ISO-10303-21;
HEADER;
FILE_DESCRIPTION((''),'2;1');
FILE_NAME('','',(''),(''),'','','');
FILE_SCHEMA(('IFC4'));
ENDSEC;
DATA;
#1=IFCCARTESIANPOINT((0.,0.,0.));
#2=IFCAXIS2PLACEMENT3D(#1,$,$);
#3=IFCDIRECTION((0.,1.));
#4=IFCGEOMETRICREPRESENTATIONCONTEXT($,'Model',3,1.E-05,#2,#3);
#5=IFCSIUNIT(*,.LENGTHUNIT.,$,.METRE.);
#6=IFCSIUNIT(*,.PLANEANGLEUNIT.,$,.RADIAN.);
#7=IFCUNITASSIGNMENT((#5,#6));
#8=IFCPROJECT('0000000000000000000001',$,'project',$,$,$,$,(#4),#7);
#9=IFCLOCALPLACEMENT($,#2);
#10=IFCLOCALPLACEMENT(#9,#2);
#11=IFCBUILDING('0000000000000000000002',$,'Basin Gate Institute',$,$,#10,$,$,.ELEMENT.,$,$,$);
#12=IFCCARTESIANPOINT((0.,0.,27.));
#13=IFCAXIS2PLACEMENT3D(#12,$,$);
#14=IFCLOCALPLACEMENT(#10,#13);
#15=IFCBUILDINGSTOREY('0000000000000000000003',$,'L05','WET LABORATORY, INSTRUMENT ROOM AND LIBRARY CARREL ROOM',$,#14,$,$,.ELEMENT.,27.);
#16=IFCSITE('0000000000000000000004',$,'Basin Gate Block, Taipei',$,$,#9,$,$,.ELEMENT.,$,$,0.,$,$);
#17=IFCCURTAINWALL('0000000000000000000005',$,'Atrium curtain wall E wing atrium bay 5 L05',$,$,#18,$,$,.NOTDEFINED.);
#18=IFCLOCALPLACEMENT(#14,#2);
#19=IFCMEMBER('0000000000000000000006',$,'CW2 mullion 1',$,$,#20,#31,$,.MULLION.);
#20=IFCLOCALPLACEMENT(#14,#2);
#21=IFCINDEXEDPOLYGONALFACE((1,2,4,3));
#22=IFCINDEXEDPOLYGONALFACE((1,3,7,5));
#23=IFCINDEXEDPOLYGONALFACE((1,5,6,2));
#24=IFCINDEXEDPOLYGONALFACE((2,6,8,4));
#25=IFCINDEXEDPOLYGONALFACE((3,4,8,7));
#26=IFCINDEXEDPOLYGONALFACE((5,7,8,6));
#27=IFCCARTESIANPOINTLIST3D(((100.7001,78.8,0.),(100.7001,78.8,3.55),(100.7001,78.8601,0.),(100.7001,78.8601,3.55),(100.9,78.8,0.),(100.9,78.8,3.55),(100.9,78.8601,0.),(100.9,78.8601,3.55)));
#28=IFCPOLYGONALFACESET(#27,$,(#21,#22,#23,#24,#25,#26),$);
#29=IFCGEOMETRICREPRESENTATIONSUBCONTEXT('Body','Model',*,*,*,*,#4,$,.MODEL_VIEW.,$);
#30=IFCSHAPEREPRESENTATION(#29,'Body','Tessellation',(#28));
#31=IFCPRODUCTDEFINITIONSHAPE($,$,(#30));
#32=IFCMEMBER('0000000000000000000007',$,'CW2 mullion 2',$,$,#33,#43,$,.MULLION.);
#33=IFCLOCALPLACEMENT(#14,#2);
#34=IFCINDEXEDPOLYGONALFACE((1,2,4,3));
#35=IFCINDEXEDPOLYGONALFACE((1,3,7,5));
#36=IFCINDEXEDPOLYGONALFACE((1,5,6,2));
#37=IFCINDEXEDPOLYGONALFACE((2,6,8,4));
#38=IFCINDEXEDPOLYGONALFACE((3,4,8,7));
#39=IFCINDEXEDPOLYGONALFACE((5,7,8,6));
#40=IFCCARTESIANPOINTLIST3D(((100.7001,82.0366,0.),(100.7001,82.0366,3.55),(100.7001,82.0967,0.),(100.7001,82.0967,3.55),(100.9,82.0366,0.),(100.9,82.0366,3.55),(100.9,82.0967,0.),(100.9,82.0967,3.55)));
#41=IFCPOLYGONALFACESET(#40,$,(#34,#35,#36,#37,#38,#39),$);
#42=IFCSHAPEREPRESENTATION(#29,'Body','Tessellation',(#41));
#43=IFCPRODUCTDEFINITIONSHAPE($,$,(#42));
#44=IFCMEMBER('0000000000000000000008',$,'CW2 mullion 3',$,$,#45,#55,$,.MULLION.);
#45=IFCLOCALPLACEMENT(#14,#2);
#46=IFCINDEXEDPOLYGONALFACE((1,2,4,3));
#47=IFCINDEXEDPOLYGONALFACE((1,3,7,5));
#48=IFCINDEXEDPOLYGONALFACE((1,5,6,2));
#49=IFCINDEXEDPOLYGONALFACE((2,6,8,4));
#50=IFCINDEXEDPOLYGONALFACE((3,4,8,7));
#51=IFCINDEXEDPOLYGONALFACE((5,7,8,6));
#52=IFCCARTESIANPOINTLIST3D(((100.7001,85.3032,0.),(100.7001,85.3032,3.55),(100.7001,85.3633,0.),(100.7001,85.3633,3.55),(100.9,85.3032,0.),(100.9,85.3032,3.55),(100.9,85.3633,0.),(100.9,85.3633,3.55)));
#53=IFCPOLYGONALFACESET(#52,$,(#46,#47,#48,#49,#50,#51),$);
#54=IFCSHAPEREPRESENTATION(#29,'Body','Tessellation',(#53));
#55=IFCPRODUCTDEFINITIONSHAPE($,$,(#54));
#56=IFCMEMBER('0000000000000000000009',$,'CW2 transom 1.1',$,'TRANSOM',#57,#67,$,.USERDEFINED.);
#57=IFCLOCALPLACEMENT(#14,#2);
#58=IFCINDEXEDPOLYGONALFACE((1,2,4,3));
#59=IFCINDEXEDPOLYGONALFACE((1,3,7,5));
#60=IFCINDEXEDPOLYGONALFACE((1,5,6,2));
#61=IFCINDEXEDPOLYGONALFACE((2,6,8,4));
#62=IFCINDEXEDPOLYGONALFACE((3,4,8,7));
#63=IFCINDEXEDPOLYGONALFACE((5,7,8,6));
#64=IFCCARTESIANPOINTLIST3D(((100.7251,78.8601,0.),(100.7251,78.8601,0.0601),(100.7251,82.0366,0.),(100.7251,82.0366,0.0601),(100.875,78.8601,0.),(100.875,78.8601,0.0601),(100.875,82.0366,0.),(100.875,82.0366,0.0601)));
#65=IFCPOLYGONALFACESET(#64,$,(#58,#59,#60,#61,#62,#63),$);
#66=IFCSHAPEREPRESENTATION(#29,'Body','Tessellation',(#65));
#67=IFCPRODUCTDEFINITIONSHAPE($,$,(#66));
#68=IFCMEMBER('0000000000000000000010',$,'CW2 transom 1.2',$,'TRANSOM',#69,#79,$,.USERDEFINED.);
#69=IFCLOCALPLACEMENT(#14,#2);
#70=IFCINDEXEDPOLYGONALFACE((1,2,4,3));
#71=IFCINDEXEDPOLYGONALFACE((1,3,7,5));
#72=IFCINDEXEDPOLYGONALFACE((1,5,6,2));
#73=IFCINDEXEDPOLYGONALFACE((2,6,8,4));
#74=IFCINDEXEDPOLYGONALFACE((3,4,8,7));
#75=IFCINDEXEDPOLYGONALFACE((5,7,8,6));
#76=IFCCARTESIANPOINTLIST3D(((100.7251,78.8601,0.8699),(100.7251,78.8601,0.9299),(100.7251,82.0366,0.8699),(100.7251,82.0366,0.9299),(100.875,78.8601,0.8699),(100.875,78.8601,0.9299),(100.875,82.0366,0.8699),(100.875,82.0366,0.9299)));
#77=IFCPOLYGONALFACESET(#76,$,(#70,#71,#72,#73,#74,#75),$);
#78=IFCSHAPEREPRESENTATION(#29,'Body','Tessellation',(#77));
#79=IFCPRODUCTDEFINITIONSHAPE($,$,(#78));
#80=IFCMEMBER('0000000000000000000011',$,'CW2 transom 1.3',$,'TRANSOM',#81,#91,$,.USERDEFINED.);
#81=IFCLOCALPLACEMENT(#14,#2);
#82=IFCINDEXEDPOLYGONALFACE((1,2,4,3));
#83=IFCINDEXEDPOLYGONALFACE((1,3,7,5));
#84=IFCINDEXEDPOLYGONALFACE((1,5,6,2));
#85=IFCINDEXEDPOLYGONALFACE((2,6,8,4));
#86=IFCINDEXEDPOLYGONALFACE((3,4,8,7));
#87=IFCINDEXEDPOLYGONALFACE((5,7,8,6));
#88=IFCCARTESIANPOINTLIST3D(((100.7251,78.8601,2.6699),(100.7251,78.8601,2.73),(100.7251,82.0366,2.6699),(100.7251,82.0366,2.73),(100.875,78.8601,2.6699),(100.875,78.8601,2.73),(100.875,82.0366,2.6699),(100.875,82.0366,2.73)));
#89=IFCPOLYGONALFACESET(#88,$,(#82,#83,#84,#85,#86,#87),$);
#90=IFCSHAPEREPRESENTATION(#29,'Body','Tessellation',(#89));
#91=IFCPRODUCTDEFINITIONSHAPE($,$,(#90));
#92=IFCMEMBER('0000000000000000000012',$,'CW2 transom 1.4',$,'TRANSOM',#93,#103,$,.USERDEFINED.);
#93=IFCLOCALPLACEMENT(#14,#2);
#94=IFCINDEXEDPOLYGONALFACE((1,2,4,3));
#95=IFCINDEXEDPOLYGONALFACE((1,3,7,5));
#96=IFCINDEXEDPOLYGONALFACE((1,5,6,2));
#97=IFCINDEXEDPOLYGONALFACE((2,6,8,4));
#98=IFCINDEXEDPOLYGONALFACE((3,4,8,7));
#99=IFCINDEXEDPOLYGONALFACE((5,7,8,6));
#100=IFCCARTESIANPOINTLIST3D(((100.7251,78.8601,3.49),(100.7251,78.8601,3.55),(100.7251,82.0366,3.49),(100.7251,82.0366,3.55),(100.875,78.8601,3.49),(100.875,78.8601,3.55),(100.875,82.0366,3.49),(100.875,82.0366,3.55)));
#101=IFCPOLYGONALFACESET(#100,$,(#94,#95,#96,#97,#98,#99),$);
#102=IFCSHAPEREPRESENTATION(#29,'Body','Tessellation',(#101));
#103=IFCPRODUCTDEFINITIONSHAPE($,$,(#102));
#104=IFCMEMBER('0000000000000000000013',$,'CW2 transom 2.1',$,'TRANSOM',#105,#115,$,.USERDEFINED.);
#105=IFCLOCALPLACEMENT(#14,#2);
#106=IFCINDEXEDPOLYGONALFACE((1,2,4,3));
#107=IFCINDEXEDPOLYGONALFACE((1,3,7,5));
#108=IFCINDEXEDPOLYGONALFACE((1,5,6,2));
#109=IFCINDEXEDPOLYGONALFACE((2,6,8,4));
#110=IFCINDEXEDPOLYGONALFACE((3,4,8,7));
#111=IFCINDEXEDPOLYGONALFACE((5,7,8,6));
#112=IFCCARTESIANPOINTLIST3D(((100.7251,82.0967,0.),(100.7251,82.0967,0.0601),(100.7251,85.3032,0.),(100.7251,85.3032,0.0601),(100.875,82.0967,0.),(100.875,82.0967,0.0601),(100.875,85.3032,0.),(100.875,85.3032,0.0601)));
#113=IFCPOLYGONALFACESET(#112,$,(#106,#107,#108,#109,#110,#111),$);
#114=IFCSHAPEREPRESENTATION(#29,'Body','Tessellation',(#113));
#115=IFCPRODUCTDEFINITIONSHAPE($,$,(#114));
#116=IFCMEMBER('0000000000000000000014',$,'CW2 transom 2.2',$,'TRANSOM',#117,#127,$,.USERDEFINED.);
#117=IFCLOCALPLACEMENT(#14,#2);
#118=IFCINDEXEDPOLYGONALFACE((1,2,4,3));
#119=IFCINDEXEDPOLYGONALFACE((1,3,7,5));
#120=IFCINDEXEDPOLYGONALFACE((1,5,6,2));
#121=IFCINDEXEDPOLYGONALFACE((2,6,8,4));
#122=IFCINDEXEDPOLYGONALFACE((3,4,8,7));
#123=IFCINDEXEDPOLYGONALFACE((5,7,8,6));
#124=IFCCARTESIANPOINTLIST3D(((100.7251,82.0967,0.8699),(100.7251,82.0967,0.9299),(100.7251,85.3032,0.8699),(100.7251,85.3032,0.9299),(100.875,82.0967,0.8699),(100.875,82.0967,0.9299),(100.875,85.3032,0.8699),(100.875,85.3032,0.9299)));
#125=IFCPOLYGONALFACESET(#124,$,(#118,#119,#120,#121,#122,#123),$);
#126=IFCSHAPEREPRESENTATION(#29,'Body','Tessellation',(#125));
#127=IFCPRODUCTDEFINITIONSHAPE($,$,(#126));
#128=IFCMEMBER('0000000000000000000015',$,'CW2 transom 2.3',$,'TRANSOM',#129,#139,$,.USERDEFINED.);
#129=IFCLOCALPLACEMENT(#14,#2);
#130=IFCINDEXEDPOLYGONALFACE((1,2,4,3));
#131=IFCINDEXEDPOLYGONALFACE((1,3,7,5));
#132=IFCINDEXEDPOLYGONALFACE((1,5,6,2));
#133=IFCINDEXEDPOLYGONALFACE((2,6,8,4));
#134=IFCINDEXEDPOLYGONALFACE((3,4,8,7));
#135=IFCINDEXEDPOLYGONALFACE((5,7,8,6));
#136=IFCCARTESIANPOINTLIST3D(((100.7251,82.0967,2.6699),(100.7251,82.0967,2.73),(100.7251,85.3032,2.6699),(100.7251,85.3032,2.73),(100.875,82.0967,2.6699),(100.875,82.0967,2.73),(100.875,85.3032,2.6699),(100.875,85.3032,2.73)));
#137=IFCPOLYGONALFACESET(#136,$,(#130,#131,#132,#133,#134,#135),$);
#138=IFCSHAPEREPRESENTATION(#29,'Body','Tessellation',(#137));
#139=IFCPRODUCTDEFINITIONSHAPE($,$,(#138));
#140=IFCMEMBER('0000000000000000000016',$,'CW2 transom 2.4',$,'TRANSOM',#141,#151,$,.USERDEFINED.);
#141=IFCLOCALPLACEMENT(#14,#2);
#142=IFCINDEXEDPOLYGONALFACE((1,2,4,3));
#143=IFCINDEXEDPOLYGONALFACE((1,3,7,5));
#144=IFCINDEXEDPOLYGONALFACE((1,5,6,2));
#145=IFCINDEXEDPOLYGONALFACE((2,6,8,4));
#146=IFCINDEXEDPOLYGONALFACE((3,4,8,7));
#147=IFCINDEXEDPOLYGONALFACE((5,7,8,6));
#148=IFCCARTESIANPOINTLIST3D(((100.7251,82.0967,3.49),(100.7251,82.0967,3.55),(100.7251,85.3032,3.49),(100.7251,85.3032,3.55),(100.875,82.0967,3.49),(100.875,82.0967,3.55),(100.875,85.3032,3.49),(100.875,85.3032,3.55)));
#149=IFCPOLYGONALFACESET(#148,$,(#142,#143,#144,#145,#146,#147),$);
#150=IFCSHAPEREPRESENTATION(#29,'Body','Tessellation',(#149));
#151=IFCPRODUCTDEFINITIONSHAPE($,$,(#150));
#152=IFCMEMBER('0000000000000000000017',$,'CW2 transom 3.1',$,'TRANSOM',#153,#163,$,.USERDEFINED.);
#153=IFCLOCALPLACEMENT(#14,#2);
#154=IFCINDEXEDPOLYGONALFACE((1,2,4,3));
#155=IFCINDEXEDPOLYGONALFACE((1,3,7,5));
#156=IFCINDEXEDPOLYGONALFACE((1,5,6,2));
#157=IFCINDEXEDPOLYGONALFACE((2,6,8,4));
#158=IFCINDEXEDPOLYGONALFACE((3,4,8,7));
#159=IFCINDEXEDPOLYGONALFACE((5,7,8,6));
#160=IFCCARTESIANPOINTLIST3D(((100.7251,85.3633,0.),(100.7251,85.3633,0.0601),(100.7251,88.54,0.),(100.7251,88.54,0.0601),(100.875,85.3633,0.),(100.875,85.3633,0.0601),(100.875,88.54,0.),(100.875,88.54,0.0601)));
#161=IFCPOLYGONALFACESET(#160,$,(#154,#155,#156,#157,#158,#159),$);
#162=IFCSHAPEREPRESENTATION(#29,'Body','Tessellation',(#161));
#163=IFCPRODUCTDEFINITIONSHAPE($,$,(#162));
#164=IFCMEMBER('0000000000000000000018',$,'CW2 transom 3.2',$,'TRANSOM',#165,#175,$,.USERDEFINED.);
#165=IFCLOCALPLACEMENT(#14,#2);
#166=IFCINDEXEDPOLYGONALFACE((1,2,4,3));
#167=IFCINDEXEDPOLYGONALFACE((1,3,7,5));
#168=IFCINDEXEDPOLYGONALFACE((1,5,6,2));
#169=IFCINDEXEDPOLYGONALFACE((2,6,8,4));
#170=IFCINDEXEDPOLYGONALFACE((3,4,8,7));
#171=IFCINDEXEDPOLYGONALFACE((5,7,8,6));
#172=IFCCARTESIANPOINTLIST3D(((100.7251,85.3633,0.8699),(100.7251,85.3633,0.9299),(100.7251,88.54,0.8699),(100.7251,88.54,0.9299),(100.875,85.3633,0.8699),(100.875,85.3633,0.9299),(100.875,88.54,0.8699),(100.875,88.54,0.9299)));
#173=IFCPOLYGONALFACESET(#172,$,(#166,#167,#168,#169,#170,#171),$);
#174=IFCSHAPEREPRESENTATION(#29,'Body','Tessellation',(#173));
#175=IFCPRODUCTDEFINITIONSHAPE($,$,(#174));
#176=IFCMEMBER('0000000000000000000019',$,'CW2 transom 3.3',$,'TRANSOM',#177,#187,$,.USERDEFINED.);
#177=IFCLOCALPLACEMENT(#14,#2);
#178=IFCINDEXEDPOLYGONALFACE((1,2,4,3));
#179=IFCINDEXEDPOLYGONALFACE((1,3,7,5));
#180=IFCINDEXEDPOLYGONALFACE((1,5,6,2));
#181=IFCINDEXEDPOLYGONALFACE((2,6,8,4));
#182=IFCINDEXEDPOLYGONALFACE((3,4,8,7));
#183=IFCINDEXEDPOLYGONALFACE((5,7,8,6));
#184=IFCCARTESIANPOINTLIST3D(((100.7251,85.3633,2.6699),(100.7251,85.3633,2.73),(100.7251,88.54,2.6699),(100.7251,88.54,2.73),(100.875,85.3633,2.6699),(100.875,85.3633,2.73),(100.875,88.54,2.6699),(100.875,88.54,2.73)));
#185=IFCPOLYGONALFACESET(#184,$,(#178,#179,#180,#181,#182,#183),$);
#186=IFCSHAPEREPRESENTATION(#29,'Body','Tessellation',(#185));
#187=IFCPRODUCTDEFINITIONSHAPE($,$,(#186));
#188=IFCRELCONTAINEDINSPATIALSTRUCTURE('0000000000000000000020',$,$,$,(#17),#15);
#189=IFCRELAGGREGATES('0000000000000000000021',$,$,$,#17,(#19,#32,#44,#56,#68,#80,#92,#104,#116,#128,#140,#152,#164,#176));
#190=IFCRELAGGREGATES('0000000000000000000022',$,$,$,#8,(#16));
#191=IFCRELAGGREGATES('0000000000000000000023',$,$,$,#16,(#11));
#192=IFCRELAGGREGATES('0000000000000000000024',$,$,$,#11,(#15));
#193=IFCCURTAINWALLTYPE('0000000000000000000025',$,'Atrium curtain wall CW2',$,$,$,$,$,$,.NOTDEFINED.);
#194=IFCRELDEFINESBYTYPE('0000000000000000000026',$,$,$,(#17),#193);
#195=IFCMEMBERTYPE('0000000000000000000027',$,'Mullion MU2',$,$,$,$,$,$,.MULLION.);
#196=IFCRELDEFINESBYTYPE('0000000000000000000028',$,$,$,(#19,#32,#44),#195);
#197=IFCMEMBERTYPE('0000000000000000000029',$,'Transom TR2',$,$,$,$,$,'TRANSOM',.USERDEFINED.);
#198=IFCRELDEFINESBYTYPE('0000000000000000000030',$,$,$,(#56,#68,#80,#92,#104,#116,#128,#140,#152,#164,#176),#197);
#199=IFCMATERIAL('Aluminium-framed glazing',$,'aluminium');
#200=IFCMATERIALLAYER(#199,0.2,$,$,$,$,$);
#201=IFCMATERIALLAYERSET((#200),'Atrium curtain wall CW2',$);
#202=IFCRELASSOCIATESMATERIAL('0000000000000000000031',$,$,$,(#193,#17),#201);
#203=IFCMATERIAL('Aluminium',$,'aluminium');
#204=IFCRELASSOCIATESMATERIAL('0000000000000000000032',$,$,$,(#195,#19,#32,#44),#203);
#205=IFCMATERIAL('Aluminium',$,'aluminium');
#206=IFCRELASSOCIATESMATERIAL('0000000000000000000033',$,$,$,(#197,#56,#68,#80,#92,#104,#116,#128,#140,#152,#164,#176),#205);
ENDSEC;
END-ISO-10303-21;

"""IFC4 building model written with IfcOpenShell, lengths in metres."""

from ifc_helpers import new_model, si_unit, direction, frame, origin, origin_2d, place, context, subcontext, project, spatial, rectangle, extrude, material, layer, layer_set, material_profile, profile_set, type_object, element, aggregate, save


model = new_model("IFC4")

# Units and contexts
model_context = context("Model", 3, precision=1e-05, world=origin(), true_north=direction((0.0, 1.0)))
body_context = subcontext(model_context, "Body", "Model", "MODEL_VIEW")
ifc_project = project(units=[si_unit("LENGTHUNIT", "METRE"), si_unit("PLANEANGLEUNIT", "RADIAN")], contexts=[model_context])

# Site, building, storey
site_placement = place(None, origin())
site = spatial("IfcSite", under=ifc_project, at=site_placement, Name="Basin Gate Block, Taipei", CompositionType="ELEMENT", RefElevation=0.0)
building_placement = place(site_placement, origin())
building = spatial("IfcBuilding", under=site, at=building_placement, Name="Basin Gate Institute", CompositionType="ELEMENT")
storey_placement = place(building_placement, frame((0.0, 0.0, 27.0)))
storey = spatial("IfcBuildingStorey", under=building, at=storey_placement, Name="L05", Description="WET LABORATORY, INSTRUMENT ROOM AND LIBRARY CARREL ROOM", CompositionType="ELEMENT", Elevation=27.0)

# Curtain wall, members
ifc_material_1 = material(Name="Aluminium-framed glazing", Category="aluminium")
ifc_layer_1 = layer(ifc_material_1, 0.2)
ifc_layer_set_1 = layer_set([ifc_layer_1], Name="Atrium curtain wall CW2")
curtain_wall_type = type_object("IfcCurtainWallType", Name="Atrium curtain wall CW2", PredefinedType="NOTDEFINED", material=ifc_layer_set_1)
curtain_wall_placement = place(storey_placement, origin())
curtain_wall = element("IfcCurtainWall", 1, at=curtain_wall_placement, inside=storey, type_object=curtain_wall_type, material=ifc_layer_set_1, Name="Atrium curtain wall E wing atrium bay 5 L05", PredefinedType="NOTDEFINED")
ifc_material_2 = material(Name="Aluminium", Category="aluminium")
ifc_material_profile_1 = material_profile(ifc_material_2, rectangle(XDim=0.2, YDim=0.0601, at=origin_2d()), Name="Mullion MU2 200 x 60")
ifc_profile_set_1 = profile_set([ifc_material_profile_1], Name="Aluminium")
member_type_1 = type_object("IfcMemberType", Name="Mullion MU2", PredefinedType="MULLION", material=ifc_profile_set_1)
member_1_placement = place(storey_placement, frame((100.8, 78.8301, 0.0), z_axis=(0.0, 0.0, 1.0), x_axis=(-1.0, 0.0, 0.0)))
member_1 = element("IfcMember", 2, at=member_1_placement, type_object=member_type_1, material=ifc_profile_set_1, Name="CW2 mullion 1", PredefinedType="MULLION", context=body_context, shape_type="SweptSolid", body=[
    extrude(rectangle(XDim=0.2, YDim=0.0601, at=origin_2d()), origin(), (0.0, 0.0, 1.0), 3.55),
])
member_2_placement = place(storey_placement, frame((100.8, 82.0667, 0.0), z_axis=(0.0, 0.0, 1.0), x_axis=(-1.0, 0.0, 0.0)))
member_2 = element("IfcMember", 3, at=member_2_placement, type_object=member_type_1, material=ifc_profile_set_1, Name="CW2 mullion 2", PredefinedType="MULLION", context=body_context, shape_type="SweptSolid", body=[
    extrude(rectangle(XDim=0.2, YDim=0.0601, at=origin_2d()), origin(), (0.0, 0.0, 1.0), 3.55),
])
member_3_placement = place(storey_placement, frame((100.8, 85.3333, 0.0), z_axis=(0.0, 0.0, 1.0), x_axis=(-1.0, 0.0, 0.0)))
member_3 = element("IfcMember", 4, at=member_3_placement, type_object=member_type_1, material=ifc_profile_set_1, Name="CW2 mullion 3", PredefinedType="MULLION", context=body_context, shape_type="SweptSolid", body=[
    extrude(rectangle(XDim=0.2, YDim=0.0601, at=origin_2d()), origin(), (0.0, 0.0, 1.0), 3.55),
])
ifc_material_3 = material(Name="Aluminium", Category="aluminium")
ifc_material_profile_2 = material_profile(ifc_material_3, rectangle(XDim=0.1499, YDim=0.0601, at=origin_2d()), Name="Transom TR2 150 x 60")
ifc_profile_set_2 = profile_set([ifc_material_profile_2], Name="Aluminium")
member_type_2 = type_object("IfcMemberType", Name="Transom TR2", ElementType="TRANSOM", PredefinedType="USERDEFINED", material=ifc_profile_set_2)
member_4_placement = place(storey_placement, frame((100.8, 78.8601, 0.03), z_axis=(0.0, 1.0, 0.0), x_axis=(-1.0, 0.0, 0.0)))
member_4 = element("IfcMember", 5, at=member_4_placement, type_object=member_type_2, material=ifc_profile_set_2, Name="CW2 transom 1.1", ObjectType="TRANSOM", PredefinedType="USERDEFINED", context=body_context, shape_type="SweptSolid", body=[
    extrude(rectangle(XDim=0.1499, YDim=0.0601, at=origin_2d()), origin(), (0.0, 0.0, 1.0), 3.1765),
])
member_5_placement = place(storey_placement, frame((100.8, 78.8601, 0.8999), z_axis=(0.0, 1.0, 0.0), x_axis=(-1.0, 0.0, 0.0)))
member_5 = element("IfcMember", 6, at=member_5_placement, type_object=member_type_2, material=ifc_profile_set_2, Name="CW2 transom 1.2", ObjectType="TRANSOM", PredefinedType="USERDEFINED", context=body_context, shape_type="SweptSolid", body=[
    extrude(rectangle(XDim=0.1499, YDim=0.0601, at=origin_2d()), origin(), (0.0, 0.0, 1.0), 3.1765),
])
member_6_placement = place(storey_placement, frame((100.8, 78.8601, 2.7), z_axis=(0.0, 1.0, 0.0), x_axis=(-1.0, 0.0, 0.0)))
member_6 = element("IfcMember", 7, at=member_6_placement, type_object=member_type_2, material=ifc_profile_set_2, Name="CW2 transom 1.3", ObjectType="TRANSOM", PredefinedType="USERDEFINED", context=body_context, shape_type="SweptSolid", body=[
    extrude(rectangle(XDim=0.1499, YDim=0.0601, at=origin_2d()), origin(), (0.0, 0.0, 1.0), 3.1765),
])
member_7_placement = place(storey_placement, frame((100.8, 78.8601, 3.52), z_axis=(0.0, 1.0, 0.0), x_axis=(-1.0, 0.0, 0.0)))
member_7 = element("IfcMember", 8, at=member_7_placement, type_object=member_type_2, material=ifc_profile_set_2, Name="CW2 transom 1.4", ObjectType="TRANSOM", PredefinedType="USERDEFINED", context=body_context, shape_type="SweptSolid", body=[
    extrude(rectangle(XDim=0.1499, YDim=0.0601, at=origin_2d()), origin(), (0.0, 0.0, 1.0), 3.1765),
])
member_8_placement = place(storey_placement, frame((100.8, 82.0967, 0.03), z_axis=(0.0, 1.0, 0.0), x_axis=(-1.0, 0.0, 0.0)))
member_8 = element("IfcMember", 9, at=member_8_placement, type_object=member_type_2, material=ifc_profile_set_2, Name="CW2 transom 2.1", ObjectType="TRANSOM", PredefinedType="USERDEFINED", context=body_context, shape_type="SweptSolid", body=[
    extrude(rectangle(XDim=0.1499, YDim=0.0601, at=origin_2d()), origin(), (0.0, 0.0, 1.0), 3.2065),
])
member_9_placement = place(storey_placement, frame((100.8, 82.0967, 0.8999), z_axis=(0.0, 1.0, 0.0), x_axis=(-1.0, 0.0, 0.0)))
member_9 = element("IfcMember", 10, at=member_9_placement, type_object=member_type_2, material=ifc_profile_set_2, Name="CW2 transom 2.2", ObjectType="TRANSOM", PredefinedType="USERDEFINED", context=body_context, shape_type="SweptSolid", body=[
    extrude(rectangle(XDim=0.1499, YDim=0.0601, at=origin_2d()), origin(), (0.0, 0.0, 1.0), 3.2065),
])
member_10_placement = place(storey_placement, frame((100.8, 82.0967, 2.7), z_axis=(0.0, 1.0, 0.0), x_axis=(-1.0, 0.0, 0.0)))
member_10 = element("IfcMember", 11, at=member_10_placement, type_object=member_type_2, material=ifc_profile_set_2, Name="CW2 transom 2.3", ObjectType="TRANSOM", PredefinedType="USERDEFINED", context=body_context, shape_type="SweptSolid", body=[
    extrude(rectangle(XDim=0.1499, YDim=0.0601, at=origin_2d()), origin(), (0.0, 0.0, 1.0), 3.2065),
])
member_11_placement = place(storey_placement, frame((100.8, 82.0967, 3.52), z_axis=(0.0, 1.0, 0.0), x_axis=(-1.0, 0.0, 0.0)))
member_11 = element("IfcMember", 12, at=member_11_placement, type_object=member_type_2, material=ifc_profile_set_2, Name="CW2 transom 2.4", ObjectType="TRANSOM", PredefinedType="USERDEFINED", context=body_context, shape_type="SweptSolid", body=[
    extrude(rectangle(XDim=0.1499, YDim=0.0601, at=origin_2d()), origin(), (0.0, 0.0, 1.0), 3.2065),
])
member_12_placement = place(storey_placement, frame((100.8, 85.3633, 0.03), z_axis=(0.0, 1.0, 0.0), x_axis=(-1.0, 0.0, 0.0)))
member_12 = element("IfcMember", 13, at=member_12_placement, type_object=member_type_2, material=ifc_profile_set_2, Name="CW2 transom 3.1", ObjectType="TRANSOM", PredefinedType="USERDEFINED", context=body_context, shape_type="SweptSolid", body=[
    extrude(rectangle(XDim=0.1499, YDim=0.0601, at=origin_2d()), origin(), (0.0, 0.0, 1.0), 3.1768),
])
member_13_placement = place(storey_placement, frame((100.8, 85.3633, 0.8999), z_axis=(0.0, 1.0, 0.0), x_axis=(-1.0, 0.0, 0.0)))
member_13 = element("IfcMember", 14, at=member_13_placement, type_object=member_type_2, material=ifc_profile_set_2, Name="CW2 transom 3.2", ObjectType="TRANSOM", PredefinedType="USERDEFINED", context=body_context, shape_type="SweptSolid", body=[
    extrude(rectangle(XDim=0.1499, YDim=0.0601, at=origin_2d()), origin(), (0.0, 0.0, 1.0), 3.1768),
])
member_14_placement = place(storey_placement, frame((100.8, 85.3633, 2.7), z_axis=(0.0, 1.0, 0.0), x_axis=(-1.0, 0.0, 0.0)))
member_14 = element("IfcMember", 15, at=member_14_placement, type_object=member_type_2, material=ifc_profile_set_2, Name="CW2 transom 3.3", ObjectType="TRANSOM", PredefinedType="USERDEFINED", context=body_context, shape_type="SweptSolid", body=[
    extrude(rectangle(XDim=0.1499, YDim=0.0601, at=origin_2d()), origin(), (0.0, 0.0, 1.0), 3.1768),
])
aggregate(curtain_wall, [member_1, member_2, member_3, member_4, member_5, member_6, member_7, member_8, member_9, member_10, member_11, member_12, member_13, member_14])

save(model, "model.ifc")
